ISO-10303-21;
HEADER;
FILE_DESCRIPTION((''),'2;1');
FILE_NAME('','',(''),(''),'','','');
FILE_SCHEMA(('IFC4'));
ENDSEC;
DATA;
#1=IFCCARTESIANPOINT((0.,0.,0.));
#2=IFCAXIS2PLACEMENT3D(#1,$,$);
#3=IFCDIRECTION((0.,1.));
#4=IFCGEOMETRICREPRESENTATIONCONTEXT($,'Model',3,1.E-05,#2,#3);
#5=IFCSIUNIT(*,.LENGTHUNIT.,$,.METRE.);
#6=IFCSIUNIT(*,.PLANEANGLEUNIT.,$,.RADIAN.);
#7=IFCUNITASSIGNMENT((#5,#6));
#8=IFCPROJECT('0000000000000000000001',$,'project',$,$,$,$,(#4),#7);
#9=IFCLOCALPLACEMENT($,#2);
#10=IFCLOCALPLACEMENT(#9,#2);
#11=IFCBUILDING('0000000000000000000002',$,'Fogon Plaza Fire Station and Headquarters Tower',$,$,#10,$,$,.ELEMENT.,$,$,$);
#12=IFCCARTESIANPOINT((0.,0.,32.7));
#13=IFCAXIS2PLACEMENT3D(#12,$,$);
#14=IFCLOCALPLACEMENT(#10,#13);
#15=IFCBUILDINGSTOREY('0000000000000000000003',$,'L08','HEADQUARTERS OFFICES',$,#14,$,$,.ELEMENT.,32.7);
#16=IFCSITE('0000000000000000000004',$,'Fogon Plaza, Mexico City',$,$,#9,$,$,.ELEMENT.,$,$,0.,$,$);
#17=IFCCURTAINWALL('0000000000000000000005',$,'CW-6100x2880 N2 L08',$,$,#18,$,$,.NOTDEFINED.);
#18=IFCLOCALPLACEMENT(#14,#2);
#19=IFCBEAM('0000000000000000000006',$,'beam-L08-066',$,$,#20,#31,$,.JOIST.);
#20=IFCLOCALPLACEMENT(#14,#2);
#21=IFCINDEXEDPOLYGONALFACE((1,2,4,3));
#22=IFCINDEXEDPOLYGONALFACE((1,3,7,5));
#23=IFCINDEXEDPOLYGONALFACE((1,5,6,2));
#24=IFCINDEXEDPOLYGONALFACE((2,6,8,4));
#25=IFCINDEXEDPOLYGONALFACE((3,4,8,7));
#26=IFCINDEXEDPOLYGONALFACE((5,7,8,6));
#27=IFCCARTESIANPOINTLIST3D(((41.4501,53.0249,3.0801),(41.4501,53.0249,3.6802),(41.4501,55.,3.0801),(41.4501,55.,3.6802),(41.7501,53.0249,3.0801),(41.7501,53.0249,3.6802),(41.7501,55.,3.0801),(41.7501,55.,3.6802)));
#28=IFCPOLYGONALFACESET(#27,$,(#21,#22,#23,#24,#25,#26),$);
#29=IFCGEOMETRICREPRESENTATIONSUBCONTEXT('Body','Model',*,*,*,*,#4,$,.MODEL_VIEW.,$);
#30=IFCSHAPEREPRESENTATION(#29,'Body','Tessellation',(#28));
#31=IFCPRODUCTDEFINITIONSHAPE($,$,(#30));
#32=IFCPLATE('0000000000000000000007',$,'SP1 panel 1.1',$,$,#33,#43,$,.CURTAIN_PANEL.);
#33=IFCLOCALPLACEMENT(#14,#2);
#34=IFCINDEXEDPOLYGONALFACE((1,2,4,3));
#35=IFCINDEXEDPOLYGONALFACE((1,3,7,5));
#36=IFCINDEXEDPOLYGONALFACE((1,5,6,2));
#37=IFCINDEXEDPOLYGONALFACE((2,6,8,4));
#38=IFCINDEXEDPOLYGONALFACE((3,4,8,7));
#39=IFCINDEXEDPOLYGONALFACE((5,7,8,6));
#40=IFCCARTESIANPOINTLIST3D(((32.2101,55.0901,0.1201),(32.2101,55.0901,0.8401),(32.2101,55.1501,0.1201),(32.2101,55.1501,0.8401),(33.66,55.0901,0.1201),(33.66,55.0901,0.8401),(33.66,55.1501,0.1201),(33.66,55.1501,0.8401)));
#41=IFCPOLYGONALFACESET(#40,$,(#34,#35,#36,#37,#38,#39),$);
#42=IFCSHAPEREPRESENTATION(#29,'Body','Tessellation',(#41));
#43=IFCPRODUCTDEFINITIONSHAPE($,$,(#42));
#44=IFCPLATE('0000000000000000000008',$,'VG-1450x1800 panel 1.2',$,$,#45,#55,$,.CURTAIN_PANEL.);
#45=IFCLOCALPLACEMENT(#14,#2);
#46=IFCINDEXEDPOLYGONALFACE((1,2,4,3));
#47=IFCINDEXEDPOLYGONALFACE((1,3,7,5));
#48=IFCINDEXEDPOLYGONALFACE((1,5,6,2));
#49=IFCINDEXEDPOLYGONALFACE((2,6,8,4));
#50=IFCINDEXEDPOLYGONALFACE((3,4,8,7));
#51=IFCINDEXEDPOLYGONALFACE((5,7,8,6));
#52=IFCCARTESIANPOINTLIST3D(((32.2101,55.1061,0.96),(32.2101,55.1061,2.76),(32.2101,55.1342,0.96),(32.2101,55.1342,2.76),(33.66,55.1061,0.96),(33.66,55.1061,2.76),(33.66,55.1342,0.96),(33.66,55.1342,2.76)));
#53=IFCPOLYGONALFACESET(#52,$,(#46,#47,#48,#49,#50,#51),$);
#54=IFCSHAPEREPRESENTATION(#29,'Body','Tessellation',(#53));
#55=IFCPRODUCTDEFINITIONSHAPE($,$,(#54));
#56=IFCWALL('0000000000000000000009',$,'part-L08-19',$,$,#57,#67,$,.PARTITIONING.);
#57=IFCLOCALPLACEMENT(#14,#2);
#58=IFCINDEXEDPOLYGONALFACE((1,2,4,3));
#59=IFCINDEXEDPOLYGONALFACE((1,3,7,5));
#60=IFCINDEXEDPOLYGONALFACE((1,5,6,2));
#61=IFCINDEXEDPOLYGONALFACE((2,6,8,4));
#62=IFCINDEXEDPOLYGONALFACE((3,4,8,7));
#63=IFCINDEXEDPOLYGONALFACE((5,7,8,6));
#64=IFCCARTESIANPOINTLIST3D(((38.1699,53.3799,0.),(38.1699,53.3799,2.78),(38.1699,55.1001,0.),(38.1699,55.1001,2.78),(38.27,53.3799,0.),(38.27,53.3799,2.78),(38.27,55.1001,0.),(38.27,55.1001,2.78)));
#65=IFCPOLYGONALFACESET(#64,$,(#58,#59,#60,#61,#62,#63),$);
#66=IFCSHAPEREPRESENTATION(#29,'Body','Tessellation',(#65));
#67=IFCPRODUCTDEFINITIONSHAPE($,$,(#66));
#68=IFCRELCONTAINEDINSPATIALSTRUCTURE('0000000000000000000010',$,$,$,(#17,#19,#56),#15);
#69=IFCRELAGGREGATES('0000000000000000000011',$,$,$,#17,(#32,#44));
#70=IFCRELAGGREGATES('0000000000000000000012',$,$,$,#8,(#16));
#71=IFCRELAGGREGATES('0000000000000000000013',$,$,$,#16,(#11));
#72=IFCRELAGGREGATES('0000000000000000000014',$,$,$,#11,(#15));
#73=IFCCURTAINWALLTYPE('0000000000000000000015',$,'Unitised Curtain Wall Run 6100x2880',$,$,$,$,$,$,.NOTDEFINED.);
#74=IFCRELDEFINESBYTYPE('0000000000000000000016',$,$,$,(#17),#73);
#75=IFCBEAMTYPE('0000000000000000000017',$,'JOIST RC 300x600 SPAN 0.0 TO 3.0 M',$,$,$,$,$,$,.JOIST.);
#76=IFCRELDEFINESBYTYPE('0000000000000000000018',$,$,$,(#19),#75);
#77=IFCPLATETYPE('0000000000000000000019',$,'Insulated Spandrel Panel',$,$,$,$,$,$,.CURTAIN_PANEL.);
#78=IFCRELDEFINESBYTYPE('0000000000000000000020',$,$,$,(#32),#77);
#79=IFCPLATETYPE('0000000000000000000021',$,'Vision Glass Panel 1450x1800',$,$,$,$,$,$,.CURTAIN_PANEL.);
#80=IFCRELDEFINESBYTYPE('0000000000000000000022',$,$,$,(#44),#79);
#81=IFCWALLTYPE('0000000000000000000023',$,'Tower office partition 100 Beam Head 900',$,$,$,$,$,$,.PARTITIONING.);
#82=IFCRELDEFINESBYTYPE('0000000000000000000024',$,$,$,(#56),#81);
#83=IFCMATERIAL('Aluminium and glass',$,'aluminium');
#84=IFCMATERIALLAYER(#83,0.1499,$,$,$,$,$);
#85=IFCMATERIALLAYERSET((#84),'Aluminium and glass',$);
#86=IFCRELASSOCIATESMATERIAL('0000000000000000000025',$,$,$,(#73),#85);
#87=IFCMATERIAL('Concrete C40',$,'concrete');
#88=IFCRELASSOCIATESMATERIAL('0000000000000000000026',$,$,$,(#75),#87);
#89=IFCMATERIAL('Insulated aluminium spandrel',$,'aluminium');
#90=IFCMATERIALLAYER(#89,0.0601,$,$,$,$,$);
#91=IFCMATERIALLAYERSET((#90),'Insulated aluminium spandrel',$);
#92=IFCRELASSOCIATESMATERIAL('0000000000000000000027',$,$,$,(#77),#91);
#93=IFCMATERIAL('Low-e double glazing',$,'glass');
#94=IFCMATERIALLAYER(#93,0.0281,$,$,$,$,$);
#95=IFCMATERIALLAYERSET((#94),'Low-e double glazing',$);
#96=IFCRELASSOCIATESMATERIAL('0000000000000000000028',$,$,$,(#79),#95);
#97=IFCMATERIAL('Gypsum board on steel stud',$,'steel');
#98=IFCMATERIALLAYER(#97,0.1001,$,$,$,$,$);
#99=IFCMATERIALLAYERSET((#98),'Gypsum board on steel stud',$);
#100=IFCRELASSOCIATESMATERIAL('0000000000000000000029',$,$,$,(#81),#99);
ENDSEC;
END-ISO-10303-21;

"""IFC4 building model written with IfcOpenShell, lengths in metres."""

from ifc_helpers import new_model, si_unit, direction, frame, frame_2d, origin, origin_2d, place, context, subcontext, project, spatial, rectangle, extrude, material, layer, layer_set, material_profile, profile_set, type_object, element, aggregate, save


model = new_model("IFC4")

# Units and contexts
model_context = context("Model", 3, precision=1e-05, world=origin(), true_north=direction((0.0, 1.0)))
body_context = subcontext(model_context, "Body", "Model", "MODEL_VIEW")
ifc_project = project(units=[si_unit("LENGTHUNIT", "METRE"), si_unit("PLANEANGLEUNIT", "RADIAN")], contexts=[model_context])

# Site, building, storey
site_placement = place(None, origin())
site = spatial("IfcSite", under=ifc_project, at=site_placement, Name="Fogon Plaza, Mexico City", CompositionType="ELEMENT", RefElevation=0.0)
building_placement = place(site_placement, origin())
building = spatial("IfcBuilding", under=site, at=building_placement, Name="Fogon Plaza Fire Station and Headquarters Tower", CompositionType="ELEMENT")
storey_placement = place(building_placement, frame((0.0, 0.0, 32.7)))
storey = spatial("IfcBuildingStorey", under=building, at=storey_placement, Name="L08", Description="HEADQUARTERS OFFICES", CompositionType="ELEMENT", Elevation=32.7)

# Shared definitions
ifc_material_1 = material(Name="Aluminium and glass", Category="aluminium")
ifc_layer_1 = layer(ifc_material_1, 0.1499)
ifc_layer_set_1 = layer_set([ifc_layer_1], Name="Aluminium and glass")
curtain_wall_type = type_object("IfcCurtainWallType", Name="Unitised Curtain Wall Run 6100x2880", PredefinedType="NOTDEFINED", material=ifc_layer_set_1)

# Curtain wall
curtain_wall_1_placement = place(storey_placement, origin())
curtain_wall_1 = element("IfcCurtainWall", 1, at=curtain_wall_1_placement, inside=storey, type_object=curtain_wall_type, Name="CW-6100x2880 N2 L08", PredefinedType="NOTDEFINED")

# Beam
ifc_material_2 = material(Name="Concrete C40", Category="concrete")
ifc_material_profile_1 = material_profile(ifc_material_2, rectangle(XDim=0.3, YDim=0.6001, at=origin_2d()), Name="RC 300x600")
ifc_profile_set_1 = profile_set([ifc_material_profile_1], Name="Concrete C40")
beam_type_1 = type_object("IfcBeamType", Name="JOIST RC 300x600 SPAN 0.0 TO 3.0 M", PredefinedType="JOIST", material=ifc_profile_set_1)
for number, where, z_axis, x_axis, name in (
    (2, (41.6001, 53.0249, 3.3801), (0.0, 1.0, 0.0), (-1.0, 0.0, 0.0), "beam-L08-066"),
):
    element("IfcBeam", number, at=place(storey_placement, frame(where, z_axis=z_axis, x_axis=x_axis)), inside=storey, type_object=beam_type_1, Name=name, PredefinedType="JOIST", context=body_context, shape_type="SweptSolid", body=[
        extrude(rectangle(XDim=0.3, YDim=0.6001, at=origin_2d()), origin(), (0.0, 0.0, 1.0), 1.9751),
    ])

# Plates
ifc_material_3 = material(Name="Insulated aluminium spandrel", Category="aluminium")
ifc_layer_2 = layer(ifc_material_3, 0.0601)
ifc_layer_set_2 = layer_set([ifc_layer_2], Name="Insulated aluminium spandrel")
plate_type_1 = type_object("IfcPlateType", Name="Insulated Spandrel Panel", PredefinedType="CURTAIN_PANEL", material=ifc_layer_set_2)
plate_1_placement = place(storey_placement, frame((32.9351, 55.1201, 0.1201), z_axis=(0.0, 0.0, 1.0), x_axis=(1.0, 0.0, 0.0)))
plate_1 = element("IfcPlate", 3, at=plate_1_placement, type_object=plate_type_1, Name="SP1 panel 1.1", PredefinedType="CURTAIN_PANEL", context=body_context, shape_type="SweptSolid", body=[
    extrude(rectangle(XDim=1.45, YDim=0.0601, at=origin_2d()), origin(), (0.0, 0.0, 1.0), 0.72),
])
ifc_material_4 = material(Name="Low-e double glazing", Category="glass")
ifc_layer_3 = layer(ifc_material_4, 0.0281)
ifc_layer_set_3 = layer_set([ifc_layer_3], Name="Low-e double glazing")
plate_type_2 = type_object("IfcPlateType", Name="Vision Glass Panel 1450x1800", PredefinedType="CURTAIN_PANEL", material=ifc_layer_set_3)
plate_2_placement = place(storey_placement, frame((32.9351, 55.1201, 0.96), z_axis=(0.0, 0.0, 1.0), x_axis=(1.0, 0.0, 0.0)))
plate_2 = element("IfcPlate", 4, at=plate_2_placement, type_object=plate_type_2, Name="VG-1450x1800 panel 1.2", PredefinedType="CURTAIN_PANEL", context=body_context, shape_type="SweptSolid", body=[
    extrude(rectangle(XDim=1.45, YDim=0.0281, at=origin_2d()), origin(), (0.0, 0.0, 1.0), 1.8),
])
aggregate(curtain_wall_1, [plate_1, plate_2])

# Wall
ifc_material_5 = material(Name="Gypsum board on steel stud", Category="steel")
ifc_layer_4 = layer(ifc_material_5, 0.1001)
ifc_layer_set_4 = layer_set([ifc_layer_4], Name="Gypsum board on steel stud")
wall_type = type_object("IfcWallType", Name="Tower office partition 100 Beam Head 900", PredefinedType="PARTITIONING", material=ifc_layer_set_4)
wall_placement = place(storey_placement, frame((38.22, 53.3799, 0.0), z_axis=(0.0, 0.0, 1.0), x_axis=(0.0, 1.0, 0.0)))
element("IfcWall", 5, at=wall_placement, inside=storey, type_object=wall_type, Name="part-L08-19", PredefinedType="PARTITIONING", context=body_context, shape_type="SweptSolid", body=[
    extrude(rectangle(XDim=1.7202, YDim=0.1001, at=frame_2d((0.8601, 0.0))), origin(), (0.0, 0.0, 1.0), 2.78),
])

save(model, "model.ifc")
